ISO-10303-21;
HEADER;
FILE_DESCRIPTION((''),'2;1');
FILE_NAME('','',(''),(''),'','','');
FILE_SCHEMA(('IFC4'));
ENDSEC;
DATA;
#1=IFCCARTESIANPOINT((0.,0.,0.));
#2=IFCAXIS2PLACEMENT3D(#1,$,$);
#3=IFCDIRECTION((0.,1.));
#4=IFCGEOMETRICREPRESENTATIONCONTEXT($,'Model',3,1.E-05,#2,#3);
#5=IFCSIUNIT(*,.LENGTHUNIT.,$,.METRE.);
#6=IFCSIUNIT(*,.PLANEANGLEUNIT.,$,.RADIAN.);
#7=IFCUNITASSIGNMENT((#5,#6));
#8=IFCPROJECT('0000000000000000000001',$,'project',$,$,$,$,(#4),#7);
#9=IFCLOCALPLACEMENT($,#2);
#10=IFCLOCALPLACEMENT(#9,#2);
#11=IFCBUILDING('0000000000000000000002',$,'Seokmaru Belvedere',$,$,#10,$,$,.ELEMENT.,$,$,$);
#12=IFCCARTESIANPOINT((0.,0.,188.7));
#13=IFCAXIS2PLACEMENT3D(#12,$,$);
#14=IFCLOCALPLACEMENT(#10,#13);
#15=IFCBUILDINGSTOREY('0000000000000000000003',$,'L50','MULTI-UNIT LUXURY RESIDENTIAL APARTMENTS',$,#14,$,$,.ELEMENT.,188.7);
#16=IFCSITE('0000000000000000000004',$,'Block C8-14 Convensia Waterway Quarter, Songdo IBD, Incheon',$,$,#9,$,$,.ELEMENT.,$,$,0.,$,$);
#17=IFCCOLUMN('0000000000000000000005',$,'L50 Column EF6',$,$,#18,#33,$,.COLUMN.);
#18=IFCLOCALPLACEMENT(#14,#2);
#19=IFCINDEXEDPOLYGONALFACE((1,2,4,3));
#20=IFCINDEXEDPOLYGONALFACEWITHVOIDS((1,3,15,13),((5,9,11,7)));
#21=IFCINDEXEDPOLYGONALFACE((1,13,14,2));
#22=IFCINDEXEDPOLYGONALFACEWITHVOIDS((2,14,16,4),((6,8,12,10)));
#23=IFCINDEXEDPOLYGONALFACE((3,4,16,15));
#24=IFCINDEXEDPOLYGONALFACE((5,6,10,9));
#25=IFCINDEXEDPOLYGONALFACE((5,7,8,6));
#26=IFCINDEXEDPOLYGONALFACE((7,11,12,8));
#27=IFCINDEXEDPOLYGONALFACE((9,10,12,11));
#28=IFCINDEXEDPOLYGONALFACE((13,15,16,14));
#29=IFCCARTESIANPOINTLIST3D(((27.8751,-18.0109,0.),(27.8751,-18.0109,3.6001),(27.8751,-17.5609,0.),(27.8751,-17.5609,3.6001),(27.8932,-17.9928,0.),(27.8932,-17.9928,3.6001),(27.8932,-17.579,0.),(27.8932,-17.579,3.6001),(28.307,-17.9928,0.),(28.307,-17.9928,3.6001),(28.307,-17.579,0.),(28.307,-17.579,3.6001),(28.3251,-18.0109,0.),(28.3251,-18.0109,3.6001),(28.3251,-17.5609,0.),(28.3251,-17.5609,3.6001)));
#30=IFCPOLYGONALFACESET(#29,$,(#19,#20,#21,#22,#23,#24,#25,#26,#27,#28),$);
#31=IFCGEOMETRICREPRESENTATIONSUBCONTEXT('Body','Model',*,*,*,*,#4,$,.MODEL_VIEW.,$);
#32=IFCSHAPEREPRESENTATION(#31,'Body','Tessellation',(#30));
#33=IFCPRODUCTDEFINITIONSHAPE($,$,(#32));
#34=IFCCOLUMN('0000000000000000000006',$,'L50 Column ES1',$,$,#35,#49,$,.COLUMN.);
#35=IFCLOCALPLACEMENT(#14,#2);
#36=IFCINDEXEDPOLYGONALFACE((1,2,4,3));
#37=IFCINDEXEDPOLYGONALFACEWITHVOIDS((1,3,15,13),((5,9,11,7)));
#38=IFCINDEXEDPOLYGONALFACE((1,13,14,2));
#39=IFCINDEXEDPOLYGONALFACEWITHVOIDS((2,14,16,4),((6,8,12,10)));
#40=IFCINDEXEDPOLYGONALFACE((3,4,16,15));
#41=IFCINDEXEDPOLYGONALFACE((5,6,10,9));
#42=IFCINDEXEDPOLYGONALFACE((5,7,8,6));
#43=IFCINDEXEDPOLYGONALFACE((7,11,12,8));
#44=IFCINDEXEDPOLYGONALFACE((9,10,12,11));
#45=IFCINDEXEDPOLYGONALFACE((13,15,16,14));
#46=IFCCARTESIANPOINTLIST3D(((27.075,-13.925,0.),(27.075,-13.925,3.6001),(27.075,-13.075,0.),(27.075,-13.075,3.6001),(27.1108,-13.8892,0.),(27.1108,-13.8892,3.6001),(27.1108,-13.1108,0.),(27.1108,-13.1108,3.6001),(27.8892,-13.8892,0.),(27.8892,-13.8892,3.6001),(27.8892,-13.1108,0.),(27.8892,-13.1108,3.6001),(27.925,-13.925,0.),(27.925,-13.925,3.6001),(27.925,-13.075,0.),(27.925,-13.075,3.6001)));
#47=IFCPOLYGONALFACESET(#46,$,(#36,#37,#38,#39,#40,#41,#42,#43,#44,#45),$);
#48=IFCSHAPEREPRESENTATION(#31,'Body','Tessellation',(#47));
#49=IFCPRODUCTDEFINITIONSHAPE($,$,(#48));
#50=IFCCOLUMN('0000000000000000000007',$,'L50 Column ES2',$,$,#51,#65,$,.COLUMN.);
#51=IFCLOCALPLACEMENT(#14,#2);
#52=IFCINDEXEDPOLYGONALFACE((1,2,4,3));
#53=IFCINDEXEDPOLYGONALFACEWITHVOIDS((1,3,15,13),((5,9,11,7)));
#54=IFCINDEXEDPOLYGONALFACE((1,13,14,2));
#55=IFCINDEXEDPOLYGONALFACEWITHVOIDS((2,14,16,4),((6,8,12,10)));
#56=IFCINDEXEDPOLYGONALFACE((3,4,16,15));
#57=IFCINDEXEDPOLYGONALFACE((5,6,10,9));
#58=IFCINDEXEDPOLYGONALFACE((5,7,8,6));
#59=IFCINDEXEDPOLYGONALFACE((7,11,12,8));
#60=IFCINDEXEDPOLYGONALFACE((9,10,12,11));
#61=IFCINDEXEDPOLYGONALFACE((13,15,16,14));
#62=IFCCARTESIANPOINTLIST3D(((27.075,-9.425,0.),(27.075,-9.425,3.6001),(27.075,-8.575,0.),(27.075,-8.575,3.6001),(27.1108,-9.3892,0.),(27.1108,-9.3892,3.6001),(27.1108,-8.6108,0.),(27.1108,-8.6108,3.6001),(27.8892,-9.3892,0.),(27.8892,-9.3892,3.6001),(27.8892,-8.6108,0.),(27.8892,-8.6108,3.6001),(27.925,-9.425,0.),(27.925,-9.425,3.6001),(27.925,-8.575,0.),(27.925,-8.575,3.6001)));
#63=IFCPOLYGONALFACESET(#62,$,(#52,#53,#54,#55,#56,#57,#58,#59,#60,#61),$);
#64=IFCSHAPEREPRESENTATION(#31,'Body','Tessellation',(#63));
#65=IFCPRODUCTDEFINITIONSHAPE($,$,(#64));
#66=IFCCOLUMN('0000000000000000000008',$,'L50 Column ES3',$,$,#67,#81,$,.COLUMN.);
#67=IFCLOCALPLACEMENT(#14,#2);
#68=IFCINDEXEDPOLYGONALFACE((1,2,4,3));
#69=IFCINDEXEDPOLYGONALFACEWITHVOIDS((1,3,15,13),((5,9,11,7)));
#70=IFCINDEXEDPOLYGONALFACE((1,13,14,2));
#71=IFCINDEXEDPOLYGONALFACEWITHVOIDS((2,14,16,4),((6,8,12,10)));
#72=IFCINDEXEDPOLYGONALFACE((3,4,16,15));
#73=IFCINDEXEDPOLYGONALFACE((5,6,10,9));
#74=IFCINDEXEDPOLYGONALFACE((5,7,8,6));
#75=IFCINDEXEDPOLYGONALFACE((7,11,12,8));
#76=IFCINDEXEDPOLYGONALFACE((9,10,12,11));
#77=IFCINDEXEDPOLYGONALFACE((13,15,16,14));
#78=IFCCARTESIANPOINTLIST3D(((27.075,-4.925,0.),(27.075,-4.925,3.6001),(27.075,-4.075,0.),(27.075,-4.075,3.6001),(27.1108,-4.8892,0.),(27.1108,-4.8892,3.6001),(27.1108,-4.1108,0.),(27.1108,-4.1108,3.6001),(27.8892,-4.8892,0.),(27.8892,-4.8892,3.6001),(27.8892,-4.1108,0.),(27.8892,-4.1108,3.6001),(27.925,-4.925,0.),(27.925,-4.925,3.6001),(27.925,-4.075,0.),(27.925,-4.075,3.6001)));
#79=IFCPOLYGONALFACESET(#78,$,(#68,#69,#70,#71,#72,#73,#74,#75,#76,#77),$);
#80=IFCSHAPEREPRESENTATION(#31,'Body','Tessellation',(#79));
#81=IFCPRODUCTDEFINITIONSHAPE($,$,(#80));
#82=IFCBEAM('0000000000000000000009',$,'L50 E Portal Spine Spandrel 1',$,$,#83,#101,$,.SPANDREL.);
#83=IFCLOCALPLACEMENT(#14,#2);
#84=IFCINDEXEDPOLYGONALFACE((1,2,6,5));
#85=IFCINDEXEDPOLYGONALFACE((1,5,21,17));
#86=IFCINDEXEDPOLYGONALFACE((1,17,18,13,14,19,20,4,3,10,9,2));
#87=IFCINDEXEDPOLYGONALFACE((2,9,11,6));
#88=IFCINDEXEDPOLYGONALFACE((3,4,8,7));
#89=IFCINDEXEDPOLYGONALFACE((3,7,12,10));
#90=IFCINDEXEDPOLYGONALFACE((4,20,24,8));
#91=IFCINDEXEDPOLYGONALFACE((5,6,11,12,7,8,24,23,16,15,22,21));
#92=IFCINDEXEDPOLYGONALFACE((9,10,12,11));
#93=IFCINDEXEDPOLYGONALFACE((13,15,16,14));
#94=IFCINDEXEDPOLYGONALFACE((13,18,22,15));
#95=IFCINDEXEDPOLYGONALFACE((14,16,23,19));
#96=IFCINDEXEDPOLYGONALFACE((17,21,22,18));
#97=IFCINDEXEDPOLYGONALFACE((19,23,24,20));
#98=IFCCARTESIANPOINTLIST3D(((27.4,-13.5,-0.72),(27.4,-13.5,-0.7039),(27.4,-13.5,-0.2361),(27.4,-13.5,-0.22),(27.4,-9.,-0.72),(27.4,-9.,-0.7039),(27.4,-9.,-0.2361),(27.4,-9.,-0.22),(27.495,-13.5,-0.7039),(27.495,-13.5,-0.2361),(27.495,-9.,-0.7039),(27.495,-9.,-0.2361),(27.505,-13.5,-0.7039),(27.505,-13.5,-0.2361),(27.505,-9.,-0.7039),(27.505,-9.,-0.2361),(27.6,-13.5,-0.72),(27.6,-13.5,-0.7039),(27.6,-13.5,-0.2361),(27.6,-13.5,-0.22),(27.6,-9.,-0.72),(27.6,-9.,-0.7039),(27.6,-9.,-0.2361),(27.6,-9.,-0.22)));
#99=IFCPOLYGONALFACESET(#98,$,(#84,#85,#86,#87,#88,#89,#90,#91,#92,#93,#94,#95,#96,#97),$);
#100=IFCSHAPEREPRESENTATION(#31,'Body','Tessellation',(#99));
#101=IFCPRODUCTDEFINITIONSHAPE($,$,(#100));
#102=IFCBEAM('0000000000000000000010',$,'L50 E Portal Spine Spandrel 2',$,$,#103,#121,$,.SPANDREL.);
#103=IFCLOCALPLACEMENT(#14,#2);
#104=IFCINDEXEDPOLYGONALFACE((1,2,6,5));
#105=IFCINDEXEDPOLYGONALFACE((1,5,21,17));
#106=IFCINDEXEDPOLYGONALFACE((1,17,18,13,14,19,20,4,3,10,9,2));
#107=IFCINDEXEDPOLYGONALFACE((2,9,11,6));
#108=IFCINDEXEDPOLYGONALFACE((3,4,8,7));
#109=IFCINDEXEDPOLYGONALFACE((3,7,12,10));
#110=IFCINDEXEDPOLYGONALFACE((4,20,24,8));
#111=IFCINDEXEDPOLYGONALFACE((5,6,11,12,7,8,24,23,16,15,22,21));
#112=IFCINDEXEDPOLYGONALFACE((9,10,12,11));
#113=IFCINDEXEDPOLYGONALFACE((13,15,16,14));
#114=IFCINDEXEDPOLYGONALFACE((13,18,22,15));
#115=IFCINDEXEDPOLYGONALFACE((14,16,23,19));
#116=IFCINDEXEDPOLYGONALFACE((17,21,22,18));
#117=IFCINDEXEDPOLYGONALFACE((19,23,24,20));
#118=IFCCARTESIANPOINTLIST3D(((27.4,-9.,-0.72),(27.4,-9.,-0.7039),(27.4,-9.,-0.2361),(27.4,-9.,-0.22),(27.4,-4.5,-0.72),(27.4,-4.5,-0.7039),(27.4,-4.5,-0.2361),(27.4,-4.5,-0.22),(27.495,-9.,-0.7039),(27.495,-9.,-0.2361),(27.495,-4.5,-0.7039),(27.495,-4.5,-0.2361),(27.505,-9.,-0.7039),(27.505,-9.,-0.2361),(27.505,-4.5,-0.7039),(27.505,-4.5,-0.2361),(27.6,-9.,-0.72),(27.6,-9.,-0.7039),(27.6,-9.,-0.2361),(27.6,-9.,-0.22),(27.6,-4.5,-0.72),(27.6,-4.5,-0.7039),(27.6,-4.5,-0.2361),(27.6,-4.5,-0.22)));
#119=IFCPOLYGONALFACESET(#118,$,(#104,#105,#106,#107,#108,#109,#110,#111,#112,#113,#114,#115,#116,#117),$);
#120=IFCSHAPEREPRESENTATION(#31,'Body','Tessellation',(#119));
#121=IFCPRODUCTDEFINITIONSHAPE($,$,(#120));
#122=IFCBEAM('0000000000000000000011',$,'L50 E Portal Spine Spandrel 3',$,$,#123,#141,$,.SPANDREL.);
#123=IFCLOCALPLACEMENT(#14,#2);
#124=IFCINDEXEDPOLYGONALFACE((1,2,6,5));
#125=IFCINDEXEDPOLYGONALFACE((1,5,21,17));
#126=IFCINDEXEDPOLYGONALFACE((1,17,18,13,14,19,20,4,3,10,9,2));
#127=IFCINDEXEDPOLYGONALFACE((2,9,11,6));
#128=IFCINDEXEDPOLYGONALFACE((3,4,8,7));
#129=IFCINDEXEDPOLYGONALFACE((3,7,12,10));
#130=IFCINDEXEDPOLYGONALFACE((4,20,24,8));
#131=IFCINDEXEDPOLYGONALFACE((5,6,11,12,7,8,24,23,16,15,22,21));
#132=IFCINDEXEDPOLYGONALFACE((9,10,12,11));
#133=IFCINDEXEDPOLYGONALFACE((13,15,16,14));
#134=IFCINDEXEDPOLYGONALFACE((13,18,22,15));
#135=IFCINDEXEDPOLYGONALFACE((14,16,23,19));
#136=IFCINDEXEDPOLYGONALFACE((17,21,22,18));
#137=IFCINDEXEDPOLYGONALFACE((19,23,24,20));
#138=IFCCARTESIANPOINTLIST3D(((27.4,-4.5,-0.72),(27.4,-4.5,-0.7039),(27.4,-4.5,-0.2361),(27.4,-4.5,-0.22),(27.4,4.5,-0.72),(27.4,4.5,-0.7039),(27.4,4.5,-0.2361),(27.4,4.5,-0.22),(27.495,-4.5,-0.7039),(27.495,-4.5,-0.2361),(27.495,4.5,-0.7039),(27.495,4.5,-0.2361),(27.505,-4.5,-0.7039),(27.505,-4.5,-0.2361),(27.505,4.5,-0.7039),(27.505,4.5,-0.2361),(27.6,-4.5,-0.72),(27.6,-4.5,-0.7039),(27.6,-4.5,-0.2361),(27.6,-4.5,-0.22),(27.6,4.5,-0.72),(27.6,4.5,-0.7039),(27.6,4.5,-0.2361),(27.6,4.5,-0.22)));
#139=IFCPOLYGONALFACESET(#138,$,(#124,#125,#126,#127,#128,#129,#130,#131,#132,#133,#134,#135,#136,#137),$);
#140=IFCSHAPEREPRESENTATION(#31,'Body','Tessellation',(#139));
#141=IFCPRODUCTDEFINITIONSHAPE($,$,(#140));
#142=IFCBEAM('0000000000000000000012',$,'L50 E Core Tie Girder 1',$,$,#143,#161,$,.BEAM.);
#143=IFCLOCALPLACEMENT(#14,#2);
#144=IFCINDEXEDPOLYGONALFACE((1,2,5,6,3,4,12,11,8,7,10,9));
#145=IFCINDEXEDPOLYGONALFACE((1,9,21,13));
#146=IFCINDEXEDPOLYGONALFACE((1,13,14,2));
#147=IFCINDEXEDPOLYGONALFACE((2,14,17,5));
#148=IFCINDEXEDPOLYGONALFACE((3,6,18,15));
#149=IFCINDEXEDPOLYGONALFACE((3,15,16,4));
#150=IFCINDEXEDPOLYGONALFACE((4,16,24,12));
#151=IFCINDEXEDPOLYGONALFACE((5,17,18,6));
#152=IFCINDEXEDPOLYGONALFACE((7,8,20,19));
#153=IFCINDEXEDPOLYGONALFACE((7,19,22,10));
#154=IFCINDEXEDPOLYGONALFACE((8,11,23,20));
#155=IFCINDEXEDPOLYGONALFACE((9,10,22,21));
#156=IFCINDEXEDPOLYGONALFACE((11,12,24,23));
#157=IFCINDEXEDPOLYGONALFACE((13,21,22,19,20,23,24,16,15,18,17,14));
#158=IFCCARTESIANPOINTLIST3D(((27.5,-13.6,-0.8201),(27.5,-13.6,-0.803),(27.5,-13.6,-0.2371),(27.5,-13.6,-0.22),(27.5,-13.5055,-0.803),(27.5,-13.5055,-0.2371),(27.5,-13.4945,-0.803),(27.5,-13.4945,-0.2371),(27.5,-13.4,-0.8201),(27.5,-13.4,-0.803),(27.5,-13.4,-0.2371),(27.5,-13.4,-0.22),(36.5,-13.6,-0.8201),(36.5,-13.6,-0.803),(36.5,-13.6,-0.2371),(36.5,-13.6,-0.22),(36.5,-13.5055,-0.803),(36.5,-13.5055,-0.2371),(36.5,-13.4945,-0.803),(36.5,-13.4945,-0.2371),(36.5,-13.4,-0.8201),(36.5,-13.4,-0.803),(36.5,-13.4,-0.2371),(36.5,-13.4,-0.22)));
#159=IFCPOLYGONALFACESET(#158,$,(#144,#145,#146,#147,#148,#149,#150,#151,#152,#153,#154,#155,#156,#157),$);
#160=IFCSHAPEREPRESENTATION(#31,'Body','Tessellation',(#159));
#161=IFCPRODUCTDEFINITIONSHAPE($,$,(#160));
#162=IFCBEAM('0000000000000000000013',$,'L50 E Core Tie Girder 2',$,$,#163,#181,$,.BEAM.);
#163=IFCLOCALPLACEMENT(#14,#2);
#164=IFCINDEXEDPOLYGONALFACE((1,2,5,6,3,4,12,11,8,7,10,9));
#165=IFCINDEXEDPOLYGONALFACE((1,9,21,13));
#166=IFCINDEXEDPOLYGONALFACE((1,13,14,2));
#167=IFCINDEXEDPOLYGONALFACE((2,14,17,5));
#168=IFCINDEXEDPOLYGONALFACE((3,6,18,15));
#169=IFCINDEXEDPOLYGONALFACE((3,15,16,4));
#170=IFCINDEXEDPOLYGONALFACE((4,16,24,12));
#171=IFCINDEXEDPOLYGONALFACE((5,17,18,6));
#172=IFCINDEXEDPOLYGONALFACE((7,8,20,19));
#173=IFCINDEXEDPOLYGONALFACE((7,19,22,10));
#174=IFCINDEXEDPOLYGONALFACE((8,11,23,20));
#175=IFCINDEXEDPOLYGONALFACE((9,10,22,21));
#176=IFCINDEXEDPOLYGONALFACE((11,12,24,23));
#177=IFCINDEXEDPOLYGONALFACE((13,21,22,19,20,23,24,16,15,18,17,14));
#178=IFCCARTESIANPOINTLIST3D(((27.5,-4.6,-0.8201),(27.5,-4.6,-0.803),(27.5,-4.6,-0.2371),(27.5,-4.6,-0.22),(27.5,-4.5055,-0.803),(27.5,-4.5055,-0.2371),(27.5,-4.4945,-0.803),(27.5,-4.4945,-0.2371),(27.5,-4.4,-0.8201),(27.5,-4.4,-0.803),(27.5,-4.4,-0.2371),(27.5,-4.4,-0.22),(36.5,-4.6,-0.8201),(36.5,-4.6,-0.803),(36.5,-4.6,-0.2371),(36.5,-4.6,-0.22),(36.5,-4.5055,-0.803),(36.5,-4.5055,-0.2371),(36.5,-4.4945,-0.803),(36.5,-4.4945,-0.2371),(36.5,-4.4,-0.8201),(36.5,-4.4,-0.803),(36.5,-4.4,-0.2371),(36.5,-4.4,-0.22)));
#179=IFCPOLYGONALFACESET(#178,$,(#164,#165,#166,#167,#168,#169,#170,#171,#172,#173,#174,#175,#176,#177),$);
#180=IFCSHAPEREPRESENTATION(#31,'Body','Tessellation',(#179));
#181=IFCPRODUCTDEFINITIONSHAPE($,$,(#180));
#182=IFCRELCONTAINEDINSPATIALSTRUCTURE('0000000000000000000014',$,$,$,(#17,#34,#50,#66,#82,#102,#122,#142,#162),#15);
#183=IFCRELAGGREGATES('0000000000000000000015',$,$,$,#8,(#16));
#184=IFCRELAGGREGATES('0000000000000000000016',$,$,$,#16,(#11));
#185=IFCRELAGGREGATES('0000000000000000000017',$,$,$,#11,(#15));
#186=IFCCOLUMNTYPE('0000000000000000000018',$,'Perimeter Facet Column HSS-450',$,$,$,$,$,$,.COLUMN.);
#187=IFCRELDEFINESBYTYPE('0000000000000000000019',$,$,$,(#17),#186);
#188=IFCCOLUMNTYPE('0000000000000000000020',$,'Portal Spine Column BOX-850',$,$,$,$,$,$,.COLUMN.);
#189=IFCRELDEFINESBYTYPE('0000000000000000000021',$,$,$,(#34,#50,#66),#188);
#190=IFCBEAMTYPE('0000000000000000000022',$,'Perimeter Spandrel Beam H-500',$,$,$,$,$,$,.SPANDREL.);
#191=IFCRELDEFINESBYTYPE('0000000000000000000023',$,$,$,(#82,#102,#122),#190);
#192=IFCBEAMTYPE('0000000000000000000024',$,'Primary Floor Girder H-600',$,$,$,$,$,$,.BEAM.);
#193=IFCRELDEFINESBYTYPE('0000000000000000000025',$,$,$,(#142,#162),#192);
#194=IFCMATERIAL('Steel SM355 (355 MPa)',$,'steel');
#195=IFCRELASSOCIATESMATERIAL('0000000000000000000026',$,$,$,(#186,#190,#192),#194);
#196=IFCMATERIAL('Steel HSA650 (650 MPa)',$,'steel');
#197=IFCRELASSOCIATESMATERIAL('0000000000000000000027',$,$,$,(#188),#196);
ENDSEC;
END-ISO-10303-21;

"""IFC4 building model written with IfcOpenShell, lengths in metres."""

from ifc_helpers import new_model, si_unit, direction, frame, origin, origin_2d, place, context, subcontext, project, spatial, hollow_rectangle, i_section, extrude, source, transform, mapped, material, material_profile, profile_set, type_object, type_shapes, element, save


model = new_model("IFC4")

# Units and contexts
model_context = context("Model", 3, precision=1e-05, world=origin(), true_north=direction((0.0, 1.0)))
body_context = subcontext(model_context, "Body", "Model", "MODEL_VIEW")
ifc_project = project(units=[si_unit("LENGTHUNIT", "METRE"), si_unit("PLANEANGLEUNIT", "RADIAN")], contexts=[model_context])

# Site, building, storey
site_placement = place(None, origin())
site = spatial("IfcSite", under=ifc_project, at=site_placement, Name="Block C8-14 Convensia Waterway Quarter, Songdo IBD, Incheon", CompositionType="ELEMENT", RefElevation=0.0)
building_placement = place(site_placement, origin())
building = spatial("IfcBuilding", under=site, at=building_placement, Name="Seokmaru Belvedere", CompositionType="ELEMENT")
storey_placement = place(building_placement, frame((0.0, 0.0, 188.7)))
storey = spatial("IfcBuildingStorey", under=building, at=storey_placement, Name="L50", Description="MULTI-UNIT LUXURY RESIDENTIAL APARTMENTS", CompositionType="ELEMENT", Elevation=188.7)

# Columns
ifc_material_1 = material(Name="Steel SM355 (355 MPa)", Category="steel")
ifc_material_profile_1 = material_profile(ifc_material_1, hollow_rectangle(XDim=0.45, YDim=0.45, WallThickness=0.0181, at=origin_2d()), Name="HSS-450x450x18")
ifc_profile_set_1 = profile_set([ifc_material_profile_1], Name="Steel SM355 (355 MPa)")
column_type_1 = type_object("IfcColumnType", Name="Perimeter Facet Column HSS-450", PredefinedType="COLUMN", material=ifc_profile_set_1)
shared_shape_1 = source(origin(), body_context, "Body", "SweptSolid", [
    extrude(hollow_rectangle(XDim=0.45, YDim=0.45, WallThickness=0.0181, at=origin_2d()), origin(), (0.0, 0.0, 1.0), 3.6001),
])
type_shapes(column_type_1, [shared_shape_1])
column_placement = place(storey_placement, frame((28.1001, -17.7859, 0.0), z_axis=(0.0, 0.0, 1.0), x_axis=(1.0, 0.0, 0.0)))
element("IfcColumn", 1, at=column_placement, inside=storey, type_object=column_type_1, Name="L50 Column EF6", PredefinedType="COLUMN", context=body_context, shape_type="MappedRepresentation", body=[
    mapped(shared_shape_1, transform((0.0, 0.0, 0.0), scale=1.0)),
])
ifc_material_2 = material(Name="Steel HSA650 (650 MPa)", Category="steel")
ifc_material_profile_2 = material_profile(ifc_material_2, hollow_rectangle(XDim=0.8501, YDim=0.8501, WallThickness=0.0359, at=origin_2d()), Name="BOX-850x850x36")
ifc_profile_set_2 = profile_set([ifc_material_profile_2], Name="Steel HSA650 (650 MPa)")
column_type_2 = type_object("IfcColumnType", Name="Portal Spine Column BOX-850", PredefinedType="COLUMN", material=ifc_profile_set_2)
shared_shape_2 = source(origin(), body_context, "Body", "SweptSolid", [
    extrude(hollow_rectangle(XDim=0.8501, YDim=0.8501, WallThickness=0.0359, at=origin_2d()), origin(), (0.0, 0.0, 1.0), 3.6001),
])
type_shapes(column_type_2, [shared_shape_2])
for number, where, z_axis, x_axis, name in (
    (2, (27.5, -13.5, 0.0), (0.0, 0.0, 1.0), (1.0, 0.0, 0.0), "L50 Column ES1"),
    (3, (27.5, -9.0, 0.0), (0.0, 0.0, 1.0), (1.0, 0.0, 0.0), "L50 Column ES2"),
    (4, (27.5, -4.5, 0.0), (0.0, 0.0, 1.0), (1.0, 0.0, 0.0), "L50 Column ES3"),
):
    element("IfcColumn", number, at=place(storey_placement, frame(where, z_axis=z_axis, x_axis=x_axis)), inside=storey, type_object=column_type_2, Name=name, PredefinedType="COLUMN", context=body_context, shape_type="MappedRepresentation", body=[
        mapped(shared_shape_2, transform((0.0, 0.0, 0.0), scale=1.0)),
    ])

# Beams
ifc_material_profile_3 = material_profile(ifc_material_1, i_section(OverallWidth=0.2, OverallDepth=0.5, WebThickness=0.01, FlangeThickness=0.0161, at=origin_2d()), Name="H-500x200x10x16")
ifc_profile_set_3 = profile_set([ifc_material_profile_3], Name="Steel SM355 (355 MPa)")
beam_type_1 = type_object("IfcBeamType", Name="Perimeter Spandrel Beam H-500", PredefinedType="SPANDREL", material=ifc_profile_set_3)
shared_shape_3 = source(origin(), body_context, "Body", "SweptSolid", [
    extrude(i_section(OverallWidth=0.2, OverallDepth=0.5, WebThickness=0.01, FlangeThickness=0.0161, at=origin_2d()), origin(), (0.0, 0.0, 1.0), 4.5),
])
for number, where, z_axis, x_axis, name in (
    (5, (27.5, -13.5, -0.47), (0.0, 1.0, 0.0), (-1.0, 0.0, 0.0), "L50 E Portal Spine Spandrel 1"),
    (6, (27.5, -9.0, -0.47), (0.0, 1.0, 0.0), (-1.0, 0.0, 0.0), "L50 E Portal Spine Spandrel 2"),
):
    element("IfcBeam", number, at=place(storey_placement, frame(where, z_axis=z_axis, x_axis=x_axis)), inside=storey, type_object=beam_type_1, Name=name, PredefinedType="SPANDREL", context=body_context, shape_type="MappedRepresentation", body=[
        mapped(shared_shape_3, transform((0.0, 0.0, 0.0), scale=1.0)),
    ])
shared_shape_4 = source(origin(), body_context, "Body", "SweptSolid", [
    extrude(i_section(OverallWidth=0.2, OverallDepth=0.5, WebThickness=0.01, FlangeThickness=0.0161, at=origin_2d()), origin(), (0.0, 0.0, 1.0), 9.0),
])
beam_1_placement = place(storey_placement, frame((27.5, -4.5, -0.47), z_axis=(0.0, 1.0, 0.0), x_axis=(-1.0, 0.0, 0.0)))
element("IfcBeam", 7, at=beam_1_placement, inside=storey, type_object=beam_type_1, Name="L50 E Portal Spine Spandrel 3", PredefinedType="SPANDREL", context=body_context, shape_type="MappedRepresentation", body=[
    mapped(shared_shape_4, transform((0.0, 0.0, 0.0), scale=1.0)),
])
ifc_material_profile_4 = material_profile(ifc_material_1, i_section(OverallWidth=0.2, OverallDepth=0.6001, WebThickness=0.011, FlangeThickness=0.0171, at=origin_2d()), Name="H-600x200x11x17")
ifc_profile_set_4 = profile_set([ifc_material_profile_4], Name="Steel SM355 (355 MPa)")
beam_type_2 = type_object("IfcBeamType", Name="Primary Floor Girder H-600", PredefinedType="BEAM", material=ifc_profile_set_4)
shared_shape_5 = source(origin(), body_context, "Body", "SweptSolid", [
    extrude(i_section(OverallWidth=0.2, OverallDepth=0.6001, WebThickness=0.011, FlangeThickness=0.0171, at=origin_2d()), origin(), (0.0, 0.0, 1.0), 9.0),
])
type_shapes(beam_type_2, [shared_shape_5])
for number, where, z_axis, x_axis, name in (
    (8, (27.5, -13.5, -0.52), (1.0, 0.0, 0.0), (0.0, 1.0, 0.0), "L50 E Core Tie Girder 1"),
    (9, (27.5, -4.5, -0.52), (1.0, 0.0, 0.0), (0.0, 1.0, 0.0), "L50 E Core Tie Girder 2"),
):
    element("IfcBeam", number, at=place(storey_placement, frame(where, z_axis=z_axis, x_axis=x_axis)), inside=storey, type_object=beam_type_2, Name=name, PredefinedType="BEAM", context=body_context, shape_type="MappedRepresentation", body=[
        mapped(shared_shape_5, transform((0.0, 0.0, 0.0), scale=1.0)),
    ])

save(model, "model.ifc")
